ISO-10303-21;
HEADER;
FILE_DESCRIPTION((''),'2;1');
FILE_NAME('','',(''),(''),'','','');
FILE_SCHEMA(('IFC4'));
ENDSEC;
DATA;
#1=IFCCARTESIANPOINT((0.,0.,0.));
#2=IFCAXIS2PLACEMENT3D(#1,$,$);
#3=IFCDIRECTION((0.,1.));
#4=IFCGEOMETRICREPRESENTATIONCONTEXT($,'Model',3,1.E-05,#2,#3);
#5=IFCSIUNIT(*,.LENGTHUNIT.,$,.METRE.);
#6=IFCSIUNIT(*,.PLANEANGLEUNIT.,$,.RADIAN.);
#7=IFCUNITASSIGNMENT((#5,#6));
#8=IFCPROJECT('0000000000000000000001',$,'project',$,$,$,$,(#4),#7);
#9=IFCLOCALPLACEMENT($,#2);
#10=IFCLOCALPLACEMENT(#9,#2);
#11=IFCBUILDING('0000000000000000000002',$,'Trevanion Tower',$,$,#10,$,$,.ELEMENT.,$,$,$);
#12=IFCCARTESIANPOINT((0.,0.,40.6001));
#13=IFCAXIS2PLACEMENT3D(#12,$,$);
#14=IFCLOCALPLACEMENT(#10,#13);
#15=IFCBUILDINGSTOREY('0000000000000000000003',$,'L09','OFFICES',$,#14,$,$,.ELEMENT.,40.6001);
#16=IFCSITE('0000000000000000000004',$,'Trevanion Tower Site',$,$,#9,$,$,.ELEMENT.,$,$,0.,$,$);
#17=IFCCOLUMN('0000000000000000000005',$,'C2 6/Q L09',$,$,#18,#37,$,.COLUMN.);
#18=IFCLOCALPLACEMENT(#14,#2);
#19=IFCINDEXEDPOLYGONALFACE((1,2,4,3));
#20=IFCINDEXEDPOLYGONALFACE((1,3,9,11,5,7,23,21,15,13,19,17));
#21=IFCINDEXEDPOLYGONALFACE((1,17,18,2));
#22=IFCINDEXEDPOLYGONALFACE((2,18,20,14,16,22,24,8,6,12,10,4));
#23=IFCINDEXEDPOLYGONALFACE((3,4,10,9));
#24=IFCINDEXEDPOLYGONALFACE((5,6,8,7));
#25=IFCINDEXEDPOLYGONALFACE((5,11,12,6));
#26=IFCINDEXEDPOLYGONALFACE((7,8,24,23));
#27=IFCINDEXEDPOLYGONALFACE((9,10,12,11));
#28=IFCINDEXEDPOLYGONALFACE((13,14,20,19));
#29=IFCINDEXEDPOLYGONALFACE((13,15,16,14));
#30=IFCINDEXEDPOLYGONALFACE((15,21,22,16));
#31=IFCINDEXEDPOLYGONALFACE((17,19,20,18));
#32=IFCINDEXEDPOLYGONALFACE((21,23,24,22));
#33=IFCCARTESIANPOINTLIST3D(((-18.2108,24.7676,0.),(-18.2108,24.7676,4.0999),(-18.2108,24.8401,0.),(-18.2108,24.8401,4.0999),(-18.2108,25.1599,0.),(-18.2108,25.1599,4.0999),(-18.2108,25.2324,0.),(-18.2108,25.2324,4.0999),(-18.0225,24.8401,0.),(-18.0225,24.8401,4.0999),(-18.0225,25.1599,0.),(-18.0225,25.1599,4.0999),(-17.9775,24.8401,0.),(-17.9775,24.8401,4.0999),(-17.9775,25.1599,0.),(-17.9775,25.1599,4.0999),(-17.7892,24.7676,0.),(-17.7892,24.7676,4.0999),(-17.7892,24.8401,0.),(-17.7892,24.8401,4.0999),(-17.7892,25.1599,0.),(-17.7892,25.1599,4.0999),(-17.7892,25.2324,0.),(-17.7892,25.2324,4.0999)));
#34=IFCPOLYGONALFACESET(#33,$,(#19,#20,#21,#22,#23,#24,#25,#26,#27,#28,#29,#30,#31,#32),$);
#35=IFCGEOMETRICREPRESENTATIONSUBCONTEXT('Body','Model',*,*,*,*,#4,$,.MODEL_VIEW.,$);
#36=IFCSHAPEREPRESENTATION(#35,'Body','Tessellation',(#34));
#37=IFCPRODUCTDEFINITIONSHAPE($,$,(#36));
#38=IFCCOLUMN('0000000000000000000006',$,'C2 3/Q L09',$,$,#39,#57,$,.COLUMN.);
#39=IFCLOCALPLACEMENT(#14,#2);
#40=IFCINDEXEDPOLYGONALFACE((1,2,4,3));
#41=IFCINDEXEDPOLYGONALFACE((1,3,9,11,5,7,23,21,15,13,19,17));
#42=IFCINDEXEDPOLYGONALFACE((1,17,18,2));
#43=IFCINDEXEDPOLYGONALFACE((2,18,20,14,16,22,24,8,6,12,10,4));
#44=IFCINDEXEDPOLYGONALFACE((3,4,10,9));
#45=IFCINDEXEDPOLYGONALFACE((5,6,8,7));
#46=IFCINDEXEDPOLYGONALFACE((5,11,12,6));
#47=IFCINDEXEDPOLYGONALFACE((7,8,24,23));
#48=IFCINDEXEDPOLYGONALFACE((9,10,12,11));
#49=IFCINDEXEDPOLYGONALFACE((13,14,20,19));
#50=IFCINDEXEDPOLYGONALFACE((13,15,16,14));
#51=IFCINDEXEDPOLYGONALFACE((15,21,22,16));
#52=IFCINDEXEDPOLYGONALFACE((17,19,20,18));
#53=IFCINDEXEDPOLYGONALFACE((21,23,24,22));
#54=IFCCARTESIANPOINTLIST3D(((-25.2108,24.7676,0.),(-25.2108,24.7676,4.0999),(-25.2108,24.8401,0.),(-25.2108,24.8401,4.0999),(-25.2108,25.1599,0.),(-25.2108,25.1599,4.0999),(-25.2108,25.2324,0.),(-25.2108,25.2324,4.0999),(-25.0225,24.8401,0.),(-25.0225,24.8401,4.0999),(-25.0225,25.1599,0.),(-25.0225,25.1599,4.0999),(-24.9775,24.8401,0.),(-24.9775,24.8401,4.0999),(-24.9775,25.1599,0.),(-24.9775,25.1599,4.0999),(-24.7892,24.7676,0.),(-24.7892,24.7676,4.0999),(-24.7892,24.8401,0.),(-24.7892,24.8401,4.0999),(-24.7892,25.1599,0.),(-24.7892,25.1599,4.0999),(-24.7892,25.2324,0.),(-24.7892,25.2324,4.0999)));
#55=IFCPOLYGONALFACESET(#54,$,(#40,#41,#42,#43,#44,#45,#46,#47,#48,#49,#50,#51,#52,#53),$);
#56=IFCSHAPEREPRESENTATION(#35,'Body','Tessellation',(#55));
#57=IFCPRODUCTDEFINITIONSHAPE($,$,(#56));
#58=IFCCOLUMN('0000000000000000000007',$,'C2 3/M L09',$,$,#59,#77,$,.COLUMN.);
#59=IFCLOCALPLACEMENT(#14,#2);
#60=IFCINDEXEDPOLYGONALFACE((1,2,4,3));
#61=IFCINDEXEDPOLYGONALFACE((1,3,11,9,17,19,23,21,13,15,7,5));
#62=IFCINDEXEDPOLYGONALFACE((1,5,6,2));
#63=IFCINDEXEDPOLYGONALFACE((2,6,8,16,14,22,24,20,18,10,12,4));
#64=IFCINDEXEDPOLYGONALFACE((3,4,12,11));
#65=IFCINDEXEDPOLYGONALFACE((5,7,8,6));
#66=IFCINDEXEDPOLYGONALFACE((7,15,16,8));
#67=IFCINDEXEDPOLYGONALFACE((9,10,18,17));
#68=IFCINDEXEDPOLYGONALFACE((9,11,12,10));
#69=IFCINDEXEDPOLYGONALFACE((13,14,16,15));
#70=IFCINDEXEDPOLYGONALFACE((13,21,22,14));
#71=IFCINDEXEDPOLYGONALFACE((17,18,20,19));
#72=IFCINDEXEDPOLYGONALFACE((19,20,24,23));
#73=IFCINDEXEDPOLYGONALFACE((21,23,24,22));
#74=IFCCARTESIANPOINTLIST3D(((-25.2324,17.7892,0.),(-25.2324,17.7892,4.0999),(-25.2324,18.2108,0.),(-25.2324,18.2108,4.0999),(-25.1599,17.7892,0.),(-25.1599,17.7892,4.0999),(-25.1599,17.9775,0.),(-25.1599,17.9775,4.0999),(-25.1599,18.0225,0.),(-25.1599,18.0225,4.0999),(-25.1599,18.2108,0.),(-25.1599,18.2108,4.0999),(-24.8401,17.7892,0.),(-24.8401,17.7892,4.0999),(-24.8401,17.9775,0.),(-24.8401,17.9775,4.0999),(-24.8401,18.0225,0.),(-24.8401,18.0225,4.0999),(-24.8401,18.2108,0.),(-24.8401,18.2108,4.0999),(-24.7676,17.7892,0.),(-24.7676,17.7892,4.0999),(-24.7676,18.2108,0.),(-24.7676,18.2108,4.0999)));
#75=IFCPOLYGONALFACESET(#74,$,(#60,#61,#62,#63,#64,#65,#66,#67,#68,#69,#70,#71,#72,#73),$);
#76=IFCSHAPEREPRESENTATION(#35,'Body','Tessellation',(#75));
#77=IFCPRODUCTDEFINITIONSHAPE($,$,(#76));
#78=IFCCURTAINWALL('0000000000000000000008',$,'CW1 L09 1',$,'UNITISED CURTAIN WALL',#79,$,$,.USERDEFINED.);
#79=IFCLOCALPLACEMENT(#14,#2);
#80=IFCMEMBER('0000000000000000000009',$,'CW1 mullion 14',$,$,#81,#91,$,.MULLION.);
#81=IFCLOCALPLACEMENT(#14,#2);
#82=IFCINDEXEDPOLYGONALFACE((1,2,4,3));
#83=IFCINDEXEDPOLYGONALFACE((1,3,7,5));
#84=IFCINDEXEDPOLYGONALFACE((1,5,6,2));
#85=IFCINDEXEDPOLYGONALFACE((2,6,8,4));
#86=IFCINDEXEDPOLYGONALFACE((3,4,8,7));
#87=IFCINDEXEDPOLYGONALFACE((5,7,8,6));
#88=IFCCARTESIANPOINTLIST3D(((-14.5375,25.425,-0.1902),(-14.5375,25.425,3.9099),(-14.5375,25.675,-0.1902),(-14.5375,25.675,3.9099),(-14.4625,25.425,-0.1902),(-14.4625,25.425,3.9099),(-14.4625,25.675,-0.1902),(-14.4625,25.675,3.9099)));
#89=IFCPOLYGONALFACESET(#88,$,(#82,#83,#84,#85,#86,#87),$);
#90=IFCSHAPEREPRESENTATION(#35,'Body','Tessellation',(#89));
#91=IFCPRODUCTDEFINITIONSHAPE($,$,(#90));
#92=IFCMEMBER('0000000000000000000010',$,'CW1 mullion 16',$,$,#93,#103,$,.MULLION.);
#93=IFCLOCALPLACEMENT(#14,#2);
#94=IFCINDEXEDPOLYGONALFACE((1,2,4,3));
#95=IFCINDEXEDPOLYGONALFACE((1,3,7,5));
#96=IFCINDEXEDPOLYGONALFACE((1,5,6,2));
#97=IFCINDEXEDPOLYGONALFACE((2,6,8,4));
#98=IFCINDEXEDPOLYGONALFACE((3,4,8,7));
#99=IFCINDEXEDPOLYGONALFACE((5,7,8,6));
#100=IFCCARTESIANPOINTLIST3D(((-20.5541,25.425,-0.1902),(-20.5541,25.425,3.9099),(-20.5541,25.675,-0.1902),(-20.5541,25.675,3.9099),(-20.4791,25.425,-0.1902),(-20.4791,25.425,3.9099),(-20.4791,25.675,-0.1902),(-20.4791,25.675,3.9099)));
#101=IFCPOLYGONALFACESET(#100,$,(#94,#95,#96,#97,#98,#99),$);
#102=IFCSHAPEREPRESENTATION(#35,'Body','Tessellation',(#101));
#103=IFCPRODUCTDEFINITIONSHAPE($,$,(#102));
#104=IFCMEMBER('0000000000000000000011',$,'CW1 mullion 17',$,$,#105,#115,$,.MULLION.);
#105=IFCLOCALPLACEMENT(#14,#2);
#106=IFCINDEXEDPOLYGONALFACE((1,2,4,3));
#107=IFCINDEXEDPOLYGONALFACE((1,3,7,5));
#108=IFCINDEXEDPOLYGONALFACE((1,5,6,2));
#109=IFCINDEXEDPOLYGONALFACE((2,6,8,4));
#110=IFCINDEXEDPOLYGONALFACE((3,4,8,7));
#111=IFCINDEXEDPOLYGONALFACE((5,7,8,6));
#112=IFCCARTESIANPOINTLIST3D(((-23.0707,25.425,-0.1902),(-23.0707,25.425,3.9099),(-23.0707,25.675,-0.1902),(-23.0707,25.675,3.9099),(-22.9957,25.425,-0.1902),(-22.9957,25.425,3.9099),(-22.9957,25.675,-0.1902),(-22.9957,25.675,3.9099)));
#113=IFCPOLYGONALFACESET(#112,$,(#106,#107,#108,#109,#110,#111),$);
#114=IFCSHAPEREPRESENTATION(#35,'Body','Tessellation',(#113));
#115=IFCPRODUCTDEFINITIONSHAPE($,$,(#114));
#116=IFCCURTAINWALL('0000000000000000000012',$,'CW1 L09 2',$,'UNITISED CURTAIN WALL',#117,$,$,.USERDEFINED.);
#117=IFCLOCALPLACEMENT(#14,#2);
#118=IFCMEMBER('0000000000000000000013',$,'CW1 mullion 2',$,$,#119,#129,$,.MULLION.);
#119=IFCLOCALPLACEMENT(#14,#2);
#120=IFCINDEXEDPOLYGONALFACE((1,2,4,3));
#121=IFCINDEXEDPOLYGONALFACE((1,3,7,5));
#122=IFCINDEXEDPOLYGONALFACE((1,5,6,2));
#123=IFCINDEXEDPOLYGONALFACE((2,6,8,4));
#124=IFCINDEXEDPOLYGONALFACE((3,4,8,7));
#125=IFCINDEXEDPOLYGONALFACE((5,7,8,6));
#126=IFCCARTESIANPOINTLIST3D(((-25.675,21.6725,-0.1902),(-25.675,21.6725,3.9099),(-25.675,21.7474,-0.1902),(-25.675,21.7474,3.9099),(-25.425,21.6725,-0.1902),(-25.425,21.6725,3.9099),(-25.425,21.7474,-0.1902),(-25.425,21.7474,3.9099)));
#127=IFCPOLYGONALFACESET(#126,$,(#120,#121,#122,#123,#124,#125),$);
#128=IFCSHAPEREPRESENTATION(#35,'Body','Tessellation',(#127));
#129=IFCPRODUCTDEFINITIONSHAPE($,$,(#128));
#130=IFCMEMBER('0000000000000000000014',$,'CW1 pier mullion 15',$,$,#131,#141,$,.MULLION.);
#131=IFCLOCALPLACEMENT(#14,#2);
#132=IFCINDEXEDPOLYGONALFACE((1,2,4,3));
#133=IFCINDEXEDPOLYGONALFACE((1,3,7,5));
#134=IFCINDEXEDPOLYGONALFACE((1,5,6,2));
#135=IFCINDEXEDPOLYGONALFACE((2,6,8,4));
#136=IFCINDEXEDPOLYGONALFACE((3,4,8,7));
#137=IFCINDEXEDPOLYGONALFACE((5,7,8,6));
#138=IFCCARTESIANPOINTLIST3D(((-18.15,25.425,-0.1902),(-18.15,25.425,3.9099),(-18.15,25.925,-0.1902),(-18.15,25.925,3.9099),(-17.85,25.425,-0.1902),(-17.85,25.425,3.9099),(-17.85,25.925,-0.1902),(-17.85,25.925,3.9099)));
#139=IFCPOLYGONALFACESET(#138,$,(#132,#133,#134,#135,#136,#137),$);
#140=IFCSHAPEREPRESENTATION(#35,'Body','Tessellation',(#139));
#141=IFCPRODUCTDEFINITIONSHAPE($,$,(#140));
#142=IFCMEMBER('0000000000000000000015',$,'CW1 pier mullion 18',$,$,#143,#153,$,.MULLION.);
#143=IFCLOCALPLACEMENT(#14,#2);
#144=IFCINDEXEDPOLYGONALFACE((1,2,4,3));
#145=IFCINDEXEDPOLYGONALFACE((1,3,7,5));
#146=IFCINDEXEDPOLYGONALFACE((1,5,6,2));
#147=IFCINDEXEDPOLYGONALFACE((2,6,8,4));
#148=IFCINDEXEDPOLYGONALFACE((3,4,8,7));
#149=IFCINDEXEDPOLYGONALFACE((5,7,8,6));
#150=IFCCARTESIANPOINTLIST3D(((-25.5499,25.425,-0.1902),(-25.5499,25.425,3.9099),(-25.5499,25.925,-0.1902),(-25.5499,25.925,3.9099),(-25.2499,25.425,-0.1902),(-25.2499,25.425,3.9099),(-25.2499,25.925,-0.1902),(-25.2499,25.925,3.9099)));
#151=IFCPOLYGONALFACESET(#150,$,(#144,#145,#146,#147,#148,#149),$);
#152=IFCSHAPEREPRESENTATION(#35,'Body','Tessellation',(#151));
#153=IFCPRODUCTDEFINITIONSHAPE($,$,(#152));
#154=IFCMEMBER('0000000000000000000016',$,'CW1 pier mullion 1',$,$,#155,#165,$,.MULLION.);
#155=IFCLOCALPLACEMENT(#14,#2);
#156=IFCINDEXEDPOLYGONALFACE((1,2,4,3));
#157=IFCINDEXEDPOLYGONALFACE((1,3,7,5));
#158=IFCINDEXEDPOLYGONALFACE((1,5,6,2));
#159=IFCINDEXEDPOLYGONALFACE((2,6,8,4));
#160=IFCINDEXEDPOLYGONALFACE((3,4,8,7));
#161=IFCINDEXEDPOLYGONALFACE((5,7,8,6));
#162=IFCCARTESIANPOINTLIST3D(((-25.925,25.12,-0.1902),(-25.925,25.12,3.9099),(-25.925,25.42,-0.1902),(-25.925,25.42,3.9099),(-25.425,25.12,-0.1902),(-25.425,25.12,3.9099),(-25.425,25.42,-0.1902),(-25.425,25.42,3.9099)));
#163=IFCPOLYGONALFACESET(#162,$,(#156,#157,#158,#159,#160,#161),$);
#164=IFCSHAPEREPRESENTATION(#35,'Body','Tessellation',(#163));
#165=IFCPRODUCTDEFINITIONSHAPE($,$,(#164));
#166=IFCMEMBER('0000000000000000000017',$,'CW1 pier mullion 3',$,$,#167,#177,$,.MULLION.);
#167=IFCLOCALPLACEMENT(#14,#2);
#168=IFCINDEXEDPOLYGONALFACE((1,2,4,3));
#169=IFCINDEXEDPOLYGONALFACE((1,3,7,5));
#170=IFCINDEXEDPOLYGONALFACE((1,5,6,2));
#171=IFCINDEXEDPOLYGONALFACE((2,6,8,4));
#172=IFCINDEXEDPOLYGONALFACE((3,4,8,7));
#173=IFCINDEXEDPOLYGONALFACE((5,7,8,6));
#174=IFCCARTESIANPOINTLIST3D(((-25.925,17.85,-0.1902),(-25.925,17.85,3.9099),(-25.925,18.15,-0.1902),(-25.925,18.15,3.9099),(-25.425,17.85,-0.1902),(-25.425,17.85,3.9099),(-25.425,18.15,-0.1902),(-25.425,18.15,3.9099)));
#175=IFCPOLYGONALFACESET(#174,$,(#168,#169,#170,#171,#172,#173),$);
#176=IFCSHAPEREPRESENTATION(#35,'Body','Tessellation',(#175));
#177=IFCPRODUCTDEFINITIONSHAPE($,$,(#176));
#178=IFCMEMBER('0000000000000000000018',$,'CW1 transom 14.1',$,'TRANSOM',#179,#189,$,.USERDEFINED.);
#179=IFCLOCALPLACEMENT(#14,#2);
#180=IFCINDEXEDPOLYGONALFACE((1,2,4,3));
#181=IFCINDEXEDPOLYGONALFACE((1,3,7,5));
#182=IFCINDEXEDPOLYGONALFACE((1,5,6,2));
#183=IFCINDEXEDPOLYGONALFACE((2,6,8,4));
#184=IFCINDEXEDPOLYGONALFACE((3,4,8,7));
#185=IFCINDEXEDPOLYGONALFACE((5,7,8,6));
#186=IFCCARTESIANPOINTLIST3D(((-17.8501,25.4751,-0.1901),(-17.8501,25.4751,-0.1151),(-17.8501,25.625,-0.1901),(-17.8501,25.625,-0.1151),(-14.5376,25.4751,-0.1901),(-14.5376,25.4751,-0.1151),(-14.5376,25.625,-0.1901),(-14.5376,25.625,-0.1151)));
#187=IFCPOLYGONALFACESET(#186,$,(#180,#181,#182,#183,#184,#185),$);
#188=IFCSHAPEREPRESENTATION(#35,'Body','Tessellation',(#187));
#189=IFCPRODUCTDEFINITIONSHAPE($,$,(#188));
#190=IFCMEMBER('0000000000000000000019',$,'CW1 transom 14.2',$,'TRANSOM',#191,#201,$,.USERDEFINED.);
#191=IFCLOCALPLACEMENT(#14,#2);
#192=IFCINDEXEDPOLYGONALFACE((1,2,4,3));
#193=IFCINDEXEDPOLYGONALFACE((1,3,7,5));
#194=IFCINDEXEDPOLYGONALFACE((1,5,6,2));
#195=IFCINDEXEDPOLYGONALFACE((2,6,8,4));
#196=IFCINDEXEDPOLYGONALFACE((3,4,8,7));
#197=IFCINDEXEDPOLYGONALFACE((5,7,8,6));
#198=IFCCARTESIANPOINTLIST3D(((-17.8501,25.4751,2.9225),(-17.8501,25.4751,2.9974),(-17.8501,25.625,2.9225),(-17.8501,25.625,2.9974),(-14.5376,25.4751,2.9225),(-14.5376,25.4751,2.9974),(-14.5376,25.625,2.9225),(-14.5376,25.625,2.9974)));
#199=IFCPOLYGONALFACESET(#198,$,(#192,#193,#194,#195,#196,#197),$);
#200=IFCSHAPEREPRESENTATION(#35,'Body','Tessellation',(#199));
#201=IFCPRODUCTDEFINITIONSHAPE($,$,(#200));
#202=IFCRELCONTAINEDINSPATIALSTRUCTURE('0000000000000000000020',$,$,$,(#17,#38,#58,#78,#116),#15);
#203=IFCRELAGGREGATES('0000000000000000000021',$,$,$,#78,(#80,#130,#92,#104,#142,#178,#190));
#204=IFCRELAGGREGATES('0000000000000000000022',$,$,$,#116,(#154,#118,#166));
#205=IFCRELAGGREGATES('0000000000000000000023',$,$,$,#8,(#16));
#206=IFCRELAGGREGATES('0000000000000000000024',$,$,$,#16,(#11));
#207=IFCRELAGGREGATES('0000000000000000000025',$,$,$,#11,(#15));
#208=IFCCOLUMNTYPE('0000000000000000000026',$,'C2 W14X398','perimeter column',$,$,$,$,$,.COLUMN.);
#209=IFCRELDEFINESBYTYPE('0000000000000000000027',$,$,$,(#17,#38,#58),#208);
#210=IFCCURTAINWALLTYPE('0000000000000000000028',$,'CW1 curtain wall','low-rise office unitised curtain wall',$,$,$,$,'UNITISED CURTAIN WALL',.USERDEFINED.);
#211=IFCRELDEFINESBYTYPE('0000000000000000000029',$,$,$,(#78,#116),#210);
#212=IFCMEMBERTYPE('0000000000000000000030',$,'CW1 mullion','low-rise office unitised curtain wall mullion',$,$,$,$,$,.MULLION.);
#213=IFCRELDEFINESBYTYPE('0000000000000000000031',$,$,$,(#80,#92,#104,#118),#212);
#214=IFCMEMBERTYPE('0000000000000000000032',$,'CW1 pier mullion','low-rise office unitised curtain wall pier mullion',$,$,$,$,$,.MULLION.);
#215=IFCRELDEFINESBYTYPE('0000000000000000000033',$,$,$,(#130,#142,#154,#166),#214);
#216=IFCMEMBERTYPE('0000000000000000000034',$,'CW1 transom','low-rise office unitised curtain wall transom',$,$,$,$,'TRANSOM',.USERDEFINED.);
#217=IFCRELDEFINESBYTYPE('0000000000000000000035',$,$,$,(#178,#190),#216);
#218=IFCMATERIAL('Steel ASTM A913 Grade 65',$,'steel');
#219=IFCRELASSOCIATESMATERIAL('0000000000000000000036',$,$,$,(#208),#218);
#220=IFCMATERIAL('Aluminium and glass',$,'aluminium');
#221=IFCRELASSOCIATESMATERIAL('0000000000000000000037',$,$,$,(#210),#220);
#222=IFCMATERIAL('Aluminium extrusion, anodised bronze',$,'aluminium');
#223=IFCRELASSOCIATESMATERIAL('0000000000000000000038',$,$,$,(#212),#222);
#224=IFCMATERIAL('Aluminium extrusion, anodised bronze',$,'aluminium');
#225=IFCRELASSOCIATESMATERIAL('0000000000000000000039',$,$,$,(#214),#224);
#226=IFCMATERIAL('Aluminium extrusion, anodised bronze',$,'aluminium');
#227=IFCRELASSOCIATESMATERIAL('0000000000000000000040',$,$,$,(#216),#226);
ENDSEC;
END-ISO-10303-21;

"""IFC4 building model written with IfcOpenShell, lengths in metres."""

from ifc_helpers import new_model, si_unit, direction, frame, origin, origin_2d, place, context, subcontext, project, spatial, rectangle, i_section, extrude, material, material_profile, profile_set, type_object, element, aggregate, save


model = new_model("IFC4")

# Units and contexts
model_context = context("Model", 3, precision=1e-05, world=origin(), true_north=direction((0.0, 1.0)))
body_context = subcontext(model_context, "Body", "Model", "MODEL_VIEW")
ifc_project = project(units=[si_unit("LENGTHUNIT", "METRE"), si_unit("PLANEANGLEUNIT", "RADIAN")], contexts=[model_context])

# Site, building, storey
site_placement = place(None, origin())
site = spatial("IfcSite", under=ifc_project, at=site_placement, Name="Trevanion Tower Site", CompositionType="ELEMENT", RefElevation=0.0)
building_placement = place(site_placement, origin())
building = spatial("IfcBuilding", under=site, at=building_placement, Name="Trevanion Tower", CompositionType="ELEMENT")
storey_placement = place(building_placement, frame((0.0, 0.0, 40.6001)))
storey = spatial("IfcBuildingStorey", under=building, at=storey_placement, Name="L09", Description="OFFICES", CompositionType="ELEMENT", Elevation=40.6001)

# Columns
ifc_material_1 = material(Name="Steel ASTM A913 Grade 65", Category="steel")
ifc_material_profile_1 = material_profile(ifc_material_1, i_section(OverallWidth=0.4216, OverallDepth=0.4648, WebThickness=0.0449, FlangeThickness=0.0725, at=origin_2d()), Name="W14X398")
ifc_profile_set_1 = profile_set([ifc_material_profile_1], Name="Steel ASTM A913 Grade 65")
column_type = type_object("IfcColumnType", Name="C2 W14X398", Description="perimeter column", PredefinedType="COLUMN", material=ifc_profile_set_1)
for number, where, z_axis, x_axis, name in (
    (1, (-18.0, 25.0, 0.0), (0.0, 0.0, 1.0), (1.0, 0.0, 0.0), "C2 6/Q L09"),
    (2, (-25.0, 25.0, 0.0), (0.0, 0.0, 1.0), (1.0, 0.0, 0.0), "C2 3/Q L09"),
    (3, (-25.0, 18.0, 0.0), (0.0, 0.0, 1.0), (0.0, 1.0, 0.0), "C2 3/M L09"),
):
    element("IfcColumn", number, at=place(storey_placement, frame(where, z_axis=z_axis, x_axis=x_axis)), inside=storey, type_object=column_type, Name=name, PredefinedType="COLUMN", context=body_context, shape_type="SweptSolid", body=[
        extrude(i_section(OverallWidth=0.4216, OverallDepth=0.4648, WebThickness=0.0449, FlangeThickness=0.0725, at=origin_2d()), origin(), (0.0, 0.0, 1.0), 4.0999),
    ])

# Curtain wall, members
ifc_material_2 = material(Name="Aluminium and glass", Category="aluminium")
curtain_wall_type = type_object("IfcCurtainWallType", Name="CW1 curtain wall", Description="low-rise office unitised curtain wall", ElementType="UNITISED CURTAIN WALL", PredefinedType="USERDEFINED", material=ifc_material_2)
curtain_wall_1_placement = place(storey_placement, origin())
curtain_wall_1 = element("IfcCurtainWall", 4, at=curtain_wall_1_placement, inside=storey, type_object=curtain_wall_type, Name="CW1 L09 1", ObjectType="UNITISED CURTAIN WALL", PredefinedType="USERDEFINED")
ifc_material_3 = material(Name="Aluminium extrusion, anodised bronze", Category="aluminium")
ifc_material_profile_2 = material_profile(ifc_material_3, rectangle(XDim=0.075, YDim=0.25, at=origin_2d()), Name="CW1 mullion")
ifc_profile_set_2 = profile_set([ifc_material_profile_2], Name="Aluminium extrusion, anodised bronze")
member_type_1 = type_object("IfcMemberType", Name="CW1 mullion", Description="low-rise office unitised curtain wall mullion", PredefinedType="MULLION", material=ifc_profile_set_2)
member_1_placement = place(storey_placement, frame((-14.5, 25.55, -0.1902), z_axis=(0.0, 0.0, 1.0), x_axis=(-1.0, 0.0, 0.0)))
member_1 = element("IfcMember", 5, at=member_1_placement, type_object=member_type_1, Name="CW1 mullion 14", PredefinedType="MULLION", context=body_context, shape_type="SweptSolid", body=[
    extrude(rectangle(XDim=0.075, YDim=0.25, at=origin_2d()), origin(), (0.0, 0.0, 1.0), 4.1001),
])
member_2_placement = place(storey_placement, frame((-20.5166, 25.55, -0.1902), z_axis=(0.0, 0.0, 1.0), x_axis=(-1.0, 0.0, 0.0)))
member_2 = element("IfcMember", 6, at=member_2_placement, type_object=member_type_1, Name="CW1 mullion 16", PredefinedType="MULLION", context=body_context, shape_type="SweptSolid", body=[
    extrude(rectangle(XDim=0.075, YDim=0.25, at=origin_2d()), origin(), (0.0, 0.0, 1.0), 4.1001),
])
member_3_placement = place(storey_placement, frame((-23.0332, 25.55, -0.1902), z_axis=(0.0, 0.0, 1.0), x_axis=(-1.0, 0.0, 0.0)))
member_3 = element("IfcMember", 7, at=member_3_placement, type_object=member_type_1, Name="CW1 mullion 17", PredefinedType="MULLION", context=body_context, shape_type="SweptSolid", body=[
    extrude(rectangle(XDim=0.075, YDim=0.25, at=origin_2d()), origin(), (0.0, 0.0, 1.0), 4.1001),
])

# Curtain wall, member
curtain_wall_2_placement = place(storey_placement, origin())
curtain_wall_2 = element("IfcCurtainWall", 8, at=curtain_wall_2_placement, inside=storey, type_object=curtain_wall_type, Name="CW1 L09 2", ObjectType="UNITISED CURTAIN WALL", PredefinedType="USERDEFINED")
member_4_placement = place(storey_placement, frame((-25.55, 21.71, -0.1902), z_axis=(0.0, 0.0, 1.0), x_axis=(0.0, -1.0, 0.0)))
member_4 = element("IfcMember", 9, at=member_4_placement, type_object=member_type_1, Name="CW1 mullion 2", PredefinedType="MULLION", context=body_context, shape_type="SweptSolid", body=[
    extrude(rectangle(XDim=0.075, YDim=0.25, at=origin_2d()), origin(), (0.0, 0.0, 1.0), 4.1001),
])

# Members
ifc_material_4 = material(Name="Aluminium extrusion, anodised bronze", Category="aluminium")
ifc_material_profile_3 = material_profile(ifc_material_4, rectangle(XDim=0.3, YDim=0.5, at=origin_2d()), Name="CW1 pier mullion")
ifc_profile_set_3 = profile_set([ifc_material_profile_3], Name="Aluminium extrusion, anodised bronze")
member_type_2 = type_object("IfcMemberType", Name="CW1 pier mullion", Description="low-rise office unitised curtain wall pier mullion", PredefinedType="MULLION", material=ifc_profile_set_3)
member_5_placement = place(storey_placement, frame((-18.0, 25.675, -0.1902), z_axis=(0.0, 0.0, 1.0), x_axis=(-1.0, 0.0, 0.0)))
member_5 = element("IfcMember", 10, at=member_5_placement, type_object=member_type_2, Name="CW1 pier mullion 15", PredefinedType="MULLION", context=body_context, shape_type="SweptSolid", body=[
    extrude(rectangle(XDim=0.3, YDim=0.5, at=origin_2d()), origin(), (0.0, 0.0, 1.0), 4.1001),
])
member_6_placement = place(storey_placement, frame((-25.3999, 25.675, -0.1902), z_axis=(0.0, 0.0, 1.0), x_axis=(-1.0, 0.0, 0.0)))
member_6 = element("IfcMember", 11, at=member_6_placement, type_object=member_type_2, Name="CW1 pier mullion 18", PredefinedType="MULLION", context=body_context, shape_type="SweptSolid", body=[
    extrude(rectangle(XDim=0.3, YDim=0.5, at=origin_2d()), origin(), (0.0, 0.0, 1.0), 4.1001),
])
member_7_placement = place(storey_placement, frame((-25.675, 25.27, -0.1902), z_axis=(0.0, 0.0, 1.0), x_axis=(0.0, -1.0, 0.0)))
member_7 = element("IfcMember", 12, at=member_7_placement, type_object=member_type_2, Name="CW1 pier mullion 1", PredefinedType="MULLION", context=body_context, shape_type="SweptSolid", body=[
    extrude(rectangle(XDim=0.3, YDim=0.5, at=origin_2d()), origin(), (0.0, 0.0, 1.0), 4.1001),
])
member_8_placement = place(storey_placement, frame((-25.675, 18.0, -0.1902), z_axis=(0.0, 0.0, 1.0), x_axis=(0.0, -1.0, 0.0)))
member_8 = element("IfcMember", 13, at=member_8_placement, type_object=member_type_2, Name="CW1 pier mullion 3", PredefinedType="MULLION", context=body_context, shape_type="SweptSolid", body=[
    extrude(rectangle(XDim=0.3, YDim=0.5, at=origin_2d()), origin(), (0.0, 0.0, 1.0), 4.1001),
])
ifc_material_5 = material(Name="Aluminium extrusion, anodised bronze", Category="aluminium")
ifc_material_profile_4 = material_profile(ifc_material_5, rectangle(XDim=0.1499, YDim=0.075, at=origin_2d()), Name="CW1 transom")
ifc_profile_set_4 = profile_set([ifc_material_profile_4], Name="Aluminium extrusion, anodised bronze")
member_type_3 = type_object("IfcMemberType", Name="CW1 transom", Description="low-rise office unitised curtain wall transom", ElementType="TRANSOM", PredefinedType="USERDEFINED", material=ifc_profile_set_4)
member_9_placement = place(storey_placement, frame((-14.5376, 25.55, -0.1526), z_axis=(-1.0, 0.0, 0.0), x_axis=(0.0, -1.0, 0.0)))
member_9 = element("IfcMember", 14, at=member_9_placement, type_object=member_type_3, Name="CW1 transom 14.1", ObjectType="TRANSOM", PredefinedType="USERDEFINED", context=body_context, shape_type="SweptSolid", body=[
    extrude(rectangle(XDim=0.1499, YDim=0.075, at=origin_2d()), origin(), (0.0, 0.0, 1.0), 3.3125),
])
member_10_placement = place(storey_placement, frame((-14.5376, 25.55, 2.96), z_axis=(-1.0, 0.0, 0.0), x_axis=(0.0, -1.0, 0.0)))
member_10 = element("IfcMember", 15, at=member_10_placement, type_object=member_type_3, Name="CW1 transom 14.2", ObjectType="TRANSOM", PredefinedType="USERDEFINED", context=body_context, shape_type="SweptSolid", body=[
    extrude(rectangle(XDim=0.1499, YDim=0.075, at=origin_2d()), origin(), (0.0, 0.0, 1.0), 3.3125),
])

aggregate(curtain_wall_1, [member_1, member_5, member_2, member_3, member_6, member_9, member_10])
aggregate(curtain_wall_2, [member_7, member_4, member_8])

save(model, "model.ifc")
